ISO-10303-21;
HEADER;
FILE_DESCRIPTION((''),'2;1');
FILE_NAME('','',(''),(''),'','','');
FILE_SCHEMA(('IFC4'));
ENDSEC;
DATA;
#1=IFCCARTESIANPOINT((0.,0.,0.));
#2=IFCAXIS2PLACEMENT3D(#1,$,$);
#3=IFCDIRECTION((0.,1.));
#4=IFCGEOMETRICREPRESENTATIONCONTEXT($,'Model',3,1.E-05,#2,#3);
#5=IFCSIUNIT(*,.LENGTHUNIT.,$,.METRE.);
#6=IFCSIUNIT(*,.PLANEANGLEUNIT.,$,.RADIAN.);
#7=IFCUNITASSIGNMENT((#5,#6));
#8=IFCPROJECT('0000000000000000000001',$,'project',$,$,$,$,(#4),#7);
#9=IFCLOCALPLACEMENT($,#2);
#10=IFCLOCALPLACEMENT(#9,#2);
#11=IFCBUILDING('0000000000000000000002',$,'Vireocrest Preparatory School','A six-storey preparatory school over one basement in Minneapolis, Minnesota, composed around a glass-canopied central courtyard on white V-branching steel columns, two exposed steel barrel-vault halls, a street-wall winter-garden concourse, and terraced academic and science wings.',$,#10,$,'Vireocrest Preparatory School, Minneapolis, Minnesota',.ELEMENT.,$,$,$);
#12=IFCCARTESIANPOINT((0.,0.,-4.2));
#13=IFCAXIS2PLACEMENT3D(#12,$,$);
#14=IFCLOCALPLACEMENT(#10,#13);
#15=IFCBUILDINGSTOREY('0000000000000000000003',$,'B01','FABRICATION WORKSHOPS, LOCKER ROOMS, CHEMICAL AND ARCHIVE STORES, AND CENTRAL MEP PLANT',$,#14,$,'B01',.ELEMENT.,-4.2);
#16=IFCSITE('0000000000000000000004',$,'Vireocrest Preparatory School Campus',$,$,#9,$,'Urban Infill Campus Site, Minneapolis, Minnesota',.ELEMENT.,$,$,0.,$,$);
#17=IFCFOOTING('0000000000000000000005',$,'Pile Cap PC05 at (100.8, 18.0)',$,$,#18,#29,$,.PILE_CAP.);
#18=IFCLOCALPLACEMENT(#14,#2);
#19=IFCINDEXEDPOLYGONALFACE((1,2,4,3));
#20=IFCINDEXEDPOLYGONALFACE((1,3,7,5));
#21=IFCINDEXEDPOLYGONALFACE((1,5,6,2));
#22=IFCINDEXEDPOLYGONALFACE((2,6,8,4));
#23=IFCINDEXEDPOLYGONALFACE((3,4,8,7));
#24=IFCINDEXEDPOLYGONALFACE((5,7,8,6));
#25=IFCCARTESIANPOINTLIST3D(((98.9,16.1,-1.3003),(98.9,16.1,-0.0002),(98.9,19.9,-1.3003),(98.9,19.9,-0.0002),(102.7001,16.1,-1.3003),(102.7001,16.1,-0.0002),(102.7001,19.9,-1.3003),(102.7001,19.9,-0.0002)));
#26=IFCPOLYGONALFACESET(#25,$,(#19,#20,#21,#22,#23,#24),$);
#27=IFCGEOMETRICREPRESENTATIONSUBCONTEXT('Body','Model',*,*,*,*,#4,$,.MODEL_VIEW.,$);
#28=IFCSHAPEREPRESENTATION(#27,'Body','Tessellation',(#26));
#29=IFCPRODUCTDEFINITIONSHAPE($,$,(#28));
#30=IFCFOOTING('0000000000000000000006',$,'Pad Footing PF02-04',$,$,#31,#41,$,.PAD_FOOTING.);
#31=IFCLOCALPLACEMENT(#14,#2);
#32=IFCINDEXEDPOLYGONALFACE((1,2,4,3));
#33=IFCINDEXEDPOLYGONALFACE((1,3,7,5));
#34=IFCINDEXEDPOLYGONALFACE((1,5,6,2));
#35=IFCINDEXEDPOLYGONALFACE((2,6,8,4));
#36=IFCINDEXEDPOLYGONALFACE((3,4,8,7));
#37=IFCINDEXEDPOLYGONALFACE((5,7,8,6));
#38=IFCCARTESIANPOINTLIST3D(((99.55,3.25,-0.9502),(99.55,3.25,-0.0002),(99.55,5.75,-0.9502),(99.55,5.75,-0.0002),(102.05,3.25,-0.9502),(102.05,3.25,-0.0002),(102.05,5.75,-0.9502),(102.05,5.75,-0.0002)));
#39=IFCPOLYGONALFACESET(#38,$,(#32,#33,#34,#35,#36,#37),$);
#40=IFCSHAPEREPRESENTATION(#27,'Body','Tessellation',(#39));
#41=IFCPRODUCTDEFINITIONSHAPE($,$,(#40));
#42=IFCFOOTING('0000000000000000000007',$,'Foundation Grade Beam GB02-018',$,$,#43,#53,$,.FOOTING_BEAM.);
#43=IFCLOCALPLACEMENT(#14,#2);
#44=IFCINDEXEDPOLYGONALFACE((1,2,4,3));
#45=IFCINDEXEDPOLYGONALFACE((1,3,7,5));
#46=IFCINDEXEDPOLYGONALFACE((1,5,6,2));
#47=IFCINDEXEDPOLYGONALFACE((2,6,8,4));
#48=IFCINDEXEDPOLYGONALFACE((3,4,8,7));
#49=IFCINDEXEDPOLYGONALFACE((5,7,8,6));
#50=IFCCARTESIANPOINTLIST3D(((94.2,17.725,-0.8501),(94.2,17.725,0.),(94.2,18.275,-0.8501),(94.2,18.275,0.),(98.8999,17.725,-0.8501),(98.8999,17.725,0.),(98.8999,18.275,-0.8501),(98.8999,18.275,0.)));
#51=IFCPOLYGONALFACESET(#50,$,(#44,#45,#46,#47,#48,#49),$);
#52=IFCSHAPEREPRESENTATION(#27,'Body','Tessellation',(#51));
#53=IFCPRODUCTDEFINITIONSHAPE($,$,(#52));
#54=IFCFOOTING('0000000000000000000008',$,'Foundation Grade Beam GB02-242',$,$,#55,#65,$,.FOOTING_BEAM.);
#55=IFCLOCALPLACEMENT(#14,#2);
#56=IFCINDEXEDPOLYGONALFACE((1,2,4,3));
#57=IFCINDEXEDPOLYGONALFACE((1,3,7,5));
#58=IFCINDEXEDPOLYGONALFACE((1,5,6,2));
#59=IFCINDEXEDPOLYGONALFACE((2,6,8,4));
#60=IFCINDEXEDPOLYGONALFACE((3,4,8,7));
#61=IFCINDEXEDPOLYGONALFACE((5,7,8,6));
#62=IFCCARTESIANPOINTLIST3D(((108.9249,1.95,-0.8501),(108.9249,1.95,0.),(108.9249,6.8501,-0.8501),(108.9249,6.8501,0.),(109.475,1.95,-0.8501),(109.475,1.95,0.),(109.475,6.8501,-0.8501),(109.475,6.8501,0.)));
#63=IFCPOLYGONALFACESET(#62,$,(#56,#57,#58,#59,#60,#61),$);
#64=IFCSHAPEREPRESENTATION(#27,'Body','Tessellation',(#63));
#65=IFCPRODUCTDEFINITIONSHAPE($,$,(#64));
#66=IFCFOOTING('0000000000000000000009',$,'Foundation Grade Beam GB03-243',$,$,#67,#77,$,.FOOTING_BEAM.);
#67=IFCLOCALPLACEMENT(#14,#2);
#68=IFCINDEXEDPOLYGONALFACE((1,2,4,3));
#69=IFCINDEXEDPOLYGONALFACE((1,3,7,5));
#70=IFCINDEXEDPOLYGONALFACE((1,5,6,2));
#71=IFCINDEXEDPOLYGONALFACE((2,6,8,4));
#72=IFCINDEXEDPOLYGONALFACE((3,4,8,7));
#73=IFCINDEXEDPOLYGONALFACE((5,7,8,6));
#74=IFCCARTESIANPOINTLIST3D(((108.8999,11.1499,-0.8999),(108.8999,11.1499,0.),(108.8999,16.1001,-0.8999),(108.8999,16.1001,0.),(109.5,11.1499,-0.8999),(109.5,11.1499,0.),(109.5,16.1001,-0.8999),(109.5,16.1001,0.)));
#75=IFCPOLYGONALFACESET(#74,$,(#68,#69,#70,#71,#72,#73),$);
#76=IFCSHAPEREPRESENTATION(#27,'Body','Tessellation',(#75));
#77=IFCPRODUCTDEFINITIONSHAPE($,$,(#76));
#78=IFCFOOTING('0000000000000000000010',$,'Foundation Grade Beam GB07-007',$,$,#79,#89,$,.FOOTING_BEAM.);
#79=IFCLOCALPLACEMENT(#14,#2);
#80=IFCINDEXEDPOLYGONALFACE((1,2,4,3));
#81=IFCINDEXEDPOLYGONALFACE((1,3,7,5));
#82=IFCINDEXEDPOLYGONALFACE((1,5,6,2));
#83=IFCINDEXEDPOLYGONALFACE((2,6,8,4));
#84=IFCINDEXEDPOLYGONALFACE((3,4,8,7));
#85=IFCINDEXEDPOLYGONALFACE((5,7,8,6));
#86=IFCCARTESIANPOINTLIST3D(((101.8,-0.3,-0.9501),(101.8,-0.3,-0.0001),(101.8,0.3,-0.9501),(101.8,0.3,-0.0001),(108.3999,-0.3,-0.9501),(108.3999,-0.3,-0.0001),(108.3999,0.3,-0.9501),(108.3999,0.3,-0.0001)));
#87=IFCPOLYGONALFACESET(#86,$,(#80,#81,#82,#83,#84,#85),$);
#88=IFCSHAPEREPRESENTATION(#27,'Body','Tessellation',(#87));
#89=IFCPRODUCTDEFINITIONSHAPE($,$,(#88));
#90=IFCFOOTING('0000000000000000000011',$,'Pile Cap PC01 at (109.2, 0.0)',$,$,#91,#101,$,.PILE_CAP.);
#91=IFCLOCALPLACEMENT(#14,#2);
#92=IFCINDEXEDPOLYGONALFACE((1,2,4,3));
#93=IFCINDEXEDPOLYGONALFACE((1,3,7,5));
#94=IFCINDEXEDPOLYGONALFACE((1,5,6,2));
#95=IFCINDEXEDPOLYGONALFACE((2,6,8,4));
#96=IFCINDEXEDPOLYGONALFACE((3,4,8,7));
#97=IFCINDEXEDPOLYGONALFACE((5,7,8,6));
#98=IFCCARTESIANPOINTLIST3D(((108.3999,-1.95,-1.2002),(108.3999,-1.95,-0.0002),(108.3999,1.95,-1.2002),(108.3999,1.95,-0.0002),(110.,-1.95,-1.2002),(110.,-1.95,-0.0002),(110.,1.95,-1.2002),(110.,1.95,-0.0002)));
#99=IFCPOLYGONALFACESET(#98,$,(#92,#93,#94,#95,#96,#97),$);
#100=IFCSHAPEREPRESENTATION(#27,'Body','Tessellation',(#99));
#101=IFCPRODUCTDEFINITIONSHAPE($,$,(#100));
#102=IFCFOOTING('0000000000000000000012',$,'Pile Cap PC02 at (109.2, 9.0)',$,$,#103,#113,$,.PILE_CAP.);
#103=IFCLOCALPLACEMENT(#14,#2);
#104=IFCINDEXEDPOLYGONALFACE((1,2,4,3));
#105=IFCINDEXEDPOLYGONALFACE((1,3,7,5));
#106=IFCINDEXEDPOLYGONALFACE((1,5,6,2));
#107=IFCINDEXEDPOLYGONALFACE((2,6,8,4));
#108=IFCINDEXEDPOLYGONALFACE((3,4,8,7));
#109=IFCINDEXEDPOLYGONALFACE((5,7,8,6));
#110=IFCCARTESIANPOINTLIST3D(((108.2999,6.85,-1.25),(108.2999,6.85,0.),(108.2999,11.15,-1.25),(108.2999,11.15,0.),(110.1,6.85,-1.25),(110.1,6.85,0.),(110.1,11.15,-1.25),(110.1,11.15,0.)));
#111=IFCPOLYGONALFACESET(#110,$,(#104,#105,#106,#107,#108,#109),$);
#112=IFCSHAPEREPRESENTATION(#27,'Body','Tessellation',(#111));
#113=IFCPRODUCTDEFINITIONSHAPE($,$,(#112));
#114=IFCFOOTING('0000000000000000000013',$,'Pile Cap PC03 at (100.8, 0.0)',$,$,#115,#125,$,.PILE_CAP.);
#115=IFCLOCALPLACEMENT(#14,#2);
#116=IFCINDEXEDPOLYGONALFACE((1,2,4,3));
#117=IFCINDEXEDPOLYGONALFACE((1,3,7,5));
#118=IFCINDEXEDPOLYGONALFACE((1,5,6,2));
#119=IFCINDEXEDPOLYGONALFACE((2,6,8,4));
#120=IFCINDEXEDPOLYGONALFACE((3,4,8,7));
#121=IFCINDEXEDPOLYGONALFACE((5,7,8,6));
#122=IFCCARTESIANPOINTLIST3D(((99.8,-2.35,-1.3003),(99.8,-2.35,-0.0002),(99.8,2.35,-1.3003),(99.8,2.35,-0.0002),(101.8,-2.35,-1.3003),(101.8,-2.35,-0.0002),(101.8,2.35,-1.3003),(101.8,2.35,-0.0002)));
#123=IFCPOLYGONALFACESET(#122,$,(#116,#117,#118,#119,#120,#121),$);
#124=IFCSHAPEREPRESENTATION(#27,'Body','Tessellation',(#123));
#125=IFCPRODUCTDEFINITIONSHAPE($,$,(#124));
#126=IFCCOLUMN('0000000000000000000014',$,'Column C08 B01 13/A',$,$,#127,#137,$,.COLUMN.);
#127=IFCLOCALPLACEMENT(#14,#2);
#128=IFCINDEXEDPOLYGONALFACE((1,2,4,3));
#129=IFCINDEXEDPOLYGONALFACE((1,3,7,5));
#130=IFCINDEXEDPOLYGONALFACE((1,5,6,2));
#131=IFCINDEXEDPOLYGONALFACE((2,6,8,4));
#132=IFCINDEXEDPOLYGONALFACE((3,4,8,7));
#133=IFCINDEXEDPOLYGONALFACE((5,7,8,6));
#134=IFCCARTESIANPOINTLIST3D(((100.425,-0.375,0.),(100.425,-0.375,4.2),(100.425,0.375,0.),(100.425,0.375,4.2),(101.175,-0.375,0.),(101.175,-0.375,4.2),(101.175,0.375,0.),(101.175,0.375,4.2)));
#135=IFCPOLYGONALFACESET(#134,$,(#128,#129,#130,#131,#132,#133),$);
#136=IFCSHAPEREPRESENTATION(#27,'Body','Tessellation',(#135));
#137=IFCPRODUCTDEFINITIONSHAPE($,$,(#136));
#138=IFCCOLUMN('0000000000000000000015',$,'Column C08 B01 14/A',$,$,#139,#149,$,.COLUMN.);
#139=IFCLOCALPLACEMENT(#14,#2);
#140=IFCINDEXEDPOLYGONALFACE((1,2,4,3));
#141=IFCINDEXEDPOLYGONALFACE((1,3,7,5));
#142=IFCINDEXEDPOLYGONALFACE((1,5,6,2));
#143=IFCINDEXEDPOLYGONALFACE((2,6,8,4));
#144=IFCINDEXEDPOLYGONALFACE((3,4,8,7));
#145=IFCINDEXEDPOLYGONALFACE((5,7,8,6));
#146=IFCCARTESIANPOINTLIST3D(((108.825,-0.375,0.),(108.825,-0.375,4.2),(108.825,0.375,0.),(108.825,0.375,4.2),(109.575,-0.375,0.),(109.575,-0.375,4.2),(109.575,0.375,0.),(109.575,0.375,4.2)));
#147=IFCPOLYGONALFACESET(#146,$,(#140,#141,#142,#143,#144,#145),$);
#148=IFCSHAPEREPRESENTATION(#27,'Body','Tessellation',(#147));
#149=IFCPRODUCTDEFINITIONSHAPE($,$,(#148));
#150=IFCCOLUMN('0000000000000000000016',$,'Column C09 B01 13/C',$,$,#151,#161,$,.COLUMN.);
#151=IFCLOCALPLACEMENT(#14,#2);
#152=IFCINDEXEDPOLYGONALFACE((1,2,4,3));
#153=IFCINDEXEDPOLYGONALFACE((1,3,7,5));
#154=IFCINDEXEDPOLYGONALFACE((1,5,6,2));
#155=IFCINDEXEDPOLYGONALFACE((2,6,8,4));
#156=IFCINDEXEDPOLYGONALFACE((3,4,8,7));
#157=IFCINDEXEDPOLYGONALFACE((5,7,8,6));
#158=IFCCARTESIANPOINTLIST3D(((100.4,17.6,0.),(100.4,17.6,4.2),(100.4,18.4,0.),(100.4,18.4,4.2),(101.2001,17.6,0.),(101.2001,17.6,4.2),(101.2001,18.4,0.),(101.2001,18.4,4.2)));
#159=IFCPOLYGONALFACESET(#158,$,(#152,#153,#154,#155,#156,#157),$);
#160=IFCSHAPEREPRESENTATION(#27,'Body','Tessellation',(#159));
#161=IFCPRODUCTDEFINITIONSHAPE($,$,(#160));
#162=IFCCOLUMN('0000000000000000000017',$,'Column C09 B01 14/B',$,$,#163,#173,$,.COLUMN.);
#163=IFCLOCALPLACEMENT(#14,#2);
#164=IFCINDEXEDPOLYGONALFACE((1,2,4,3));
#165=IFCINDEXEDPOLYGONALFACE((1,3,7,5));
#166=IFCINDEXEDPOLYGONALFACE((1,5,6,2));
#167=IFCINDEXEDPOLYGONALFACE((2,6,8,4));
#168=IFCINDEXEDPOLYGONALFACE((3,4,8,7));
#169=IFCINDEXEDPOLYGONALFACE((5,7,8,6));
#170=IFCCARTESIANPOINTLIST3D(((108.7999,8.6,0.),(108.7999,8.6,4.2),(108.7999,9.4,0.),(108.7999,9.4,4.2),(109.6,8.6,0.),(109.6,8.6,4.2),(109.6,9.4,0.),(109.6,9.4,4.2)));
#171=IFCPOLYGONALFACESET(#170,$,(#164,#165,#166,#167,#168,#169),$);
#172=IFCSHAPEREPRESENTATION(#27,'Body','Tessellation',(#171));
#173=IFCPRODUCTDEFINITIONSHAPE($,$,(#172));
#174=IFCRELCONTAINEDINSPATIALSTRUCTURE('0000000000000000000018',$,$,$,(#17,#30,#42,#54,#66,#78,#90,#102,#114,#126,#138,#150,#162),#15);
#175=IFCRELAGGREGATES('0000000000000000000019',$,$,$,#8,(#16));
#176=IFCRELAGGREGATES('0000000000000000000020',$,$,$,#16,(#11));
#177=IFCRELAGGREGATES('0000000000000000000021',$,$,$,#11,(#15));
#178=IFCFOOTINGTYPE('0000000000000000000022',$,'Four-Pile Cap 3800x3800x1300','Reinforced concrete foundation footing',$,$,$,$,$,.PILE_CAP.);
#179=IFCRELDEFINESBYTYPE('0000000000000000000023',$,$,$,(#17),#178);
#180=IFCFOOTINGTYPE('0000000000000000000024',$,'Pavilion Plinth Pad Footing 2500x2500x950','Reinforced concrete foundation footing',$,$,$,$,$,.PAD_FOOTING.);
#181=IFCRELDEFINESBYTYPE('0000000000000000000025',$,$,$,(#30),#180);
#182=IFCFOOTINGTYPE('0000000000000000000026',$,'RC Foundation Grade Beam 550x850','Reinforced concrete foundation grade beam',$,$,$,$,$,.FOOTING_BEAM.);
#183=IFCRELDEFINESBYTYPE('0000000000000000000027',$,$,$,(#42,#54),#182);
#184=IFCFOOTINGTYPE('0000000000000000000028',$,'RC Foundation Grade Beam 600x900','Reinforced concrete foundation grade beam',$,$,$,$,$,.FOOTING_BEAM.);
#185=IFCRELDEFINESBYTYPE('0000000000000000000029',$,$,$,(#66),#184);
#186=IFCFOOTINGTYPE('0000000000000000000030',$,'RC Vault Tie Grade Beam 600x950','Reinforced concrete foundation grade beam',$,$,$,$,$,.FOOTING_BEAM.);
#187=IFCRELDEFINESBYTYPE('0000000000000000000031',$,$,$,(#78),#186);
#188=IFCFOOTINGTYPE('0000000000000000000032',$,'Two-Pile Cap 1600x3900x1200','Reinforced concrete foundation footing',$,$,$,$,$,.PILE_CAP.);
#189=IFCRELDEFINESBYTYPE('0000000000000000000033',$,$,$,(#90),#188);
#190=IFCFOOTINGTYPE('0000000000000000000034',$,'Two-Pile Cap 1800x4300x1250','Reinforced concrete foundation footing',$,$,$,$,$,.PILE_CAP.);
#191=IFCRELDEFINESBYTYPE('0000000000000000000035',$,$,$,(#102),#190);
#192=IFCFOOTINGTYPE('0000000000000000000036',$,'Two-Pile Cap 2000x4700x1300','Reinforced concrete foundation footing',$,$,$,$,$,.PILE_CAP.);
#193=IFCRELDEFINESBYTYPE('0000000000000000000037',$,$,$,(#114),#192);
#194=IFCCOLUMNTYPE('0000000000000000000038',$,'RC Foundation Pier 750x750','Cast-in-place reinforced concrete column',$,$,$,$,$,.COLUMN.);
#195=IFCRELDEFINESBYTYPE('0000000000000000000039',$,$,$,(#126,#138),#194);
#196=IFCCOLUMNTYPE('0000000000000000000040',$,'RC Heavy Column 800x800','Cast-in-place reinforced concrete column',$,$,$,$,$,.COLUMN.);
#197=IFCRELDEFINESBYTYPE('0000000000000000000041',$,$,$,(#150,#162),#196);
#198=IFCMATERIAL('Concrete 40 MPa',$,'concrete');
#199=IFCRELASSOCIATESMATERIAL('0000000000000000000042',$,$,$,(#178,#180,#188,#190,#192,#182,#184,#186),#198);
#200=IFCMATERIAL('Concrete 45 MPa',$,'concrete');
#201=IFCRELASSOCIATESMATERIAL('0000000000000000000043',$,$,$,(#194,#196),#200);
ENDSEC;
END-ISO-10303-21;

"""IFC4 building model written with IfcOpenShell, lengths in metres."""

from ifc_helpers import new_model, si_unit, direction, frame, origin, origin_2d, place, context, subcontext, project, spatial, rectangle, extrude, material, material_profile, profile_set, type_object, element, save


model = new_model("IFC4")

# Units and contexts
model_context = context("Model", 3, precision=1e-05, world=origin(), true_north=direction((0.0, 1.0)))
body_context = subcontext(model_context, "Body", "Model", "MODEL_VIEW")
ifc_project = project(units=[si_unit("LENGTHUNIT", "METRE"), si_unit("PLANEANGLEUNIT", "RADIAN")], contexts=[model_context])

# Site, building, storey
site_placement = place(None, origin())
site = spatial("IfcSite", under=ifc_project, at=site_placement, Name="Vireocrest Preparatory School Campus", LongName="Urban Infill Campus Site, Minneapolis, Minnesota", CompositionType="ELEMENT", RefElevation=0.0)
building_placement = place(site_placement, origin())
building = spatial("IfcBuilding", under=site, at=building_placement, Name="Vireocrest Preparatory School", Description="A six-storey preparatory school over one basement in Minneapolis, Minnesota, composed around a glass-canopied central courtyard on white V-branching steel columns, two exposed steel barrel-vault halls, a street-wall winter-garden concourse, and terraced academic and science wings.", LongName="Vireocrest Preparatory School, Minneapolis, Minnesota", CompositionType="ELEMENT")
storey_placement = place(building_placement, frame((0.0, 0.0, -4.2)))
storey = spatial("IfcBuildingStorey", under=building, at=storey_placement, Name="B01", Description="FABRICATION WORKSHOPS, LOCKER ROOMS, CHEMICAL AND ARCHIVE STORES, AND CENTRAL MEP PLANT", LongName="B01", CompositionType="ELEMENT", Elevation=-4.2)

# Shared definitions
ifc_material_1 = material(Name="Concrete 40 MPa", Category="concrete")

# Footings
footing_type_1 = type_object("IfcFootingType", Name="Four-Pile Cap 3800x3800x1300", Description="Reinforced concrete foundation footing", PredefinedType="PILE_CAP", material=ifc_material_1)
footing_1_placement = place(storey_placement, frame((100.8, 18.0, -1.3003), z_axis=(0.0, 0.0, 1.0), x_axis=(1.0, 0.0, 0.0)))
element("IfcFooting", 1, at=footing_1_placement, inside=storey, type_object=footing_type_1, Name="Pile Cap PC05 at (100.8, 18.0)", PredefinedType="PILE_CAP", context=body_context, shape_type="SweptSolid", body=[
    extrude(rectangle(XDim=3.8, YDim=3.8, at=origin_2d()), origin(), (0.0, 0.0, 1.0), 1.3),
])
footing_type_2 = type_object("IfcFootingType", Name="Pavilion Plinth Pad Footing 2500x2500x950", Description="Reinforced concrete foundation footing", PredefinedType="PAD_FOOTING", material=ifc_material_1)
footing_2_placement = place(storey_placement, frame((100.8, 4.5, -0.9502), z_axis=(0.0, 0.0, 1.0), x_axis=(1.0, 0.0, 0.0)))
element("IfcFooting", 2, at=footing_2_placement, inside=storey, type_object=footing_type_2, Name="Pad Footing PF02-04", PredefinedType="PAD_FOOTING", context=body_context, shape_type="SweptSolid", body=[
    extrude(rectangle(XDim=2.5, YDim=2.5, at=origin_2d()), origin(), (0.0, 0.0, 1.0), 0.95),
])
ifc_material_profile_1 = material_profile(ifc_material_1, rectangle(XDim=0.55, YDim=0.8501, at=origin_2d()), Name="GB 550x850")
ifc_profile_set_1 = profile_set([ifc_material_profile_1], Name="Concrete 40 MPa")
footing_type_3 = type_object("IfcFootingType", Name="RC Foundation Grade Beam 550x850", Description="Reinforced concrete foundation grade beam", PredefinedType="FOOTING_BEAM", material=ifc_profile_set_1)
footing_3_placement = place(storey_placement, frame((94.2, 18.0, -0.425), z_axis=(1.0, 0.0, 0.0), x_axis=(0.0, 1.0, 0.0)))
element("IfcFooting", 3, at=footing_3_placement, inside=storey, type_object=footing_type_3, Name="Foundation Grade Beam GB02-018", PredefinedType="FOOTING_BEAM", context=body_context, shape_type="SweptSolid", body=[
    extrude(rectangle(XDim=0.55, YDim=0.8501, at=origin_2d()), origin(), (0.0, 0.0, 1.0), 4.7),
])
footing_4_placement = place(storey_placement, frame((109.2, 1.95, -0.425), z_axis=(0.0, 1.0, 0.0), x_axis=(-1.0, 0.0, 0.0)))
element("IfcFooting", 4, at=footing_4_placement, inside=storey, type_object=footing_type_3, Name="Foundation Grade Beam GB02-242", PredefinedType="FOOTING_BEAM", context=body_context, shape_type="SweptSolid", body=[
    extrude(rectangle(XDim=0.55, YDim=0.8501, at=origin_2d()), origin(), (0.0, 0.0, 1.0), 4.9001),
])
ifc_material_profile_2 = material_profile(ifc_material_1, rectangle(XDim=0.6001, YDim=0.8999, at=origin_2d()), Name="GB 600x900")
ifc_profile_set_2 = profile_set([ifc_material_profile_2], Name="Concrete 40 MPa")
footing_type_4 = type_object("IfcFootingType", Name="RC Foundation Grade Beam 600x900", Description="Reinforced concrete foundation grade beam", PredefinedType="FOOTING_BEAM", material=ifc_profile_set_2)
footing_5_placement = place(storey_placement, frame((109.2, 11.1499, -0.45), z_axis=(0.0, 1.0, 0.0), x_axis=(-1.0, 0.0, 0.0)))
element("IfcFooting", 5, at=footing_5_placement, inside=storey, type_object=footing_type_4, Name="Foundation Grade Beam GB03-243", PredefinedType="FOOTING_BEAM", context=body_context, shape_type="SweptSolid", body=[
    extrude(rectangle(XDim=0.6001, YDim=0.8999, at=origin_2d()), origin(), (0.0, 0.0, 1.0), 4.9502),
])
ifc_material_profile_3 = material_profile(ifc_material_1, rectangle(XDim=0.6001, YDim=0.95, at=origin_2d()), Name="GB 600x950")
ifc_profile_set_3 = profile_set([ifc_material_profile_3], Name="Concrete 40 MPa")
footing_type_5 = type_object("IfcFootingType", Name="RC Vault Tie Grade Beam 600x950", Description="Reinforced concrete foundation grade beam", PredefinedType="FOOTING_BEAM", material=ifc_profile_set_3)
footing_6_placement = place(storey_placement, frame((101.8, 0.0, -0.4751), z_axis=(1.0, 0.0, 0.0), x_axis=(0.0, 1.0, 0.0)))
element("IfcFooting", 6, at=footing_6_placement, inside=storey, type_object=footing_type_5, Name="Foundation Grade Beam GB07-007", PredefinedType="FOOTING_BEAM", context=body_context, shape_type="SweptSolid", body=[
    extrude(rectangle(XDim=0.6001, YDim=0.95, at=origin_2d()), origin(), (0.0, 0.0, 1.0), 6.5999),
])
footing_type_6 = type_object("IfcFootingType", Name="Two-Pile Cap 1600x3900x1200", Description="Reinforced concrete foundation footing", PredefinedType="PILE_CAP", material=ifc_material_1)
footing_7_placement = place(storey_placement, frame((109.2, 0.0, -1.2002), z_axis=(0.0, 0.0, 1.0), x_axis=(1.0, 0.0, 0.0)))
element("IfcFooting", 7, at=footing_7_placement, inside=storey, type_object=footing_type_6, Name="Pile Cap PC01 at (109.2, 0.0)", PredefinedType="PILE_CAP", context=body_context, shape_type="SweptSolid", body=[
    extrude(rectangle(XDim=1.6001, YDim=3.8999, at=origin_2d()), origin(), (0.0, 0.0, 1.0), 1.2),
])
footing_type_7 = type_object("IfcFootingType", Name="Two-Pile Cap 1800x4300x1250", Description="Reinforced concrete foundation footing", PredefinedType="PILE_CAP", material=ifc_material_1)
footing_8_placement = place(storey_placement, frame((109.2, 9.0, -1.25), z_axis=(0.0, 0.0, 1.0), x_axis=(1.0, 0.0, 0.0)))
element("IfcFooting", 8, at=footing_8_placement, inside=storey, type_object=footing_type_7, Name="Pile Cap PC02 at (109.2, 9.0)", PredefinedType="PILE_CAP", context=body_context, shape_type="SweptSolid", body=[
    extrude(rectangle(XDim=1.8, YDim=4.3, at=origin_2d()), origin(), (0.0, 0.0, 1.0), 1.25),
])
footing_type_8 = type_object("IfcFootingType", Name="Two-Pile Cap 2000x4700x1300", Description="Reinforced concrete foundation footing", PredefinedType="PILE_CAP", material=ifc_material_1)
footing_9_placement = place(storey_placement, frame((100.8, 0.0, -1.3003), z_axis=(0.0, 0.0, 1.0), x_axis=(1.0, 0.0, 0.0)))
element("IfcFooting", 9, at=footing_9_placement, inside=storey, type_object=footing_type_8, Name="Pile Cap PC03 at (100.8, 0.0)", PredefinedType="PILE_CAP", context=body_context, shape_type="SweptSolid", body=[
    extrude(rectangle(XDim=2.0, YDim=4.7, at=origin_2d()), origin(), (0.0, 0.0, 1.0), 1.3),
])

# Columns
ifc_material_2 = material(Name="Concrete 45 MPa", Category="concrete")
ifc_material_profile_4 = material_profile(ifc_material_2, rectangle(XDim=0.75, YDim=0.75, at=origin_2d()), Name="RC 750x750")
ifc_profile_set_4 = profile_set([ifc_material_profile_4], Name="Concrete 45 MPa")
column_type_1 = type_object("IfcColumnType", Name="RC Foundation Pier 750x750", Description="Cast-in-place reinforced concrete column", PredefinedType="COLUMN", material=ifc_profile_set_4)
for number, where, z_axis, x_axis, name in (
    (10, (100.8, 0.0, 0.0), (0.0, 0.0, 1.0), (1.0, 0.0, 0.0), "Column C08 B01 13/A"),
    (11, (109.2, 0.0, 0.0), (0.0, 0.0, 1.0), (1.0, 0.0, 0.0), "Column C08 B01 14/A"),
):
    element("IfcColumn", number, at=place(storey_placement, frame(where, z_axis=z_axis, x_axis=x_axis)), inside=storey, type_object=column_type_1, Name=name, PredefinedType="COLUMN", context=body_context, shape_type="SweptSolid", body=[
        extrude(rectangle(XDim=0.75, YDim=0.75, at=origin_2d()), origin(), (0.0, 0.0, 1.0), 4.2),
    ])
ifc_material_profile_5 = material_profile(ifc_material_2, rectangle(XDim=0.8, YDim=0.8, at=origin_2d()), Name="RC 800x800")
ifc_profile_set_5 = profile_set([ifc_material_profile_5], Name="Concrete 45 MPa")
column_type_2 = type_object("IfcColumnType", Name="RC Heavy Column 800x800", Description="Cast-in-place reinforced concrete column", PredefinedType="COLUMN", material=ifc_profile_set_5)
for number, where, z_axis, x_axis, name in (
    (12, (100.8, 18.0, 0.0), (0.0, 0.0, 1.0), (1.0, 0.0, 0.0), "Column C09 B01 13/C"),
    (13, (109.2, 9.0, 0.0), (0.0, 0.0, 1.0), (1.0, 0.0, 0.0), "Column C09 B01 14/B"),
):
    element("IfcColumn", number, at=place(storey_placement, frame(where, z_axis=z_axis, x_axis=x_axis)), inside=storey, type_object=column_type_2, Name=name, PredefinedType="COLUMN", context=body_context, shape_type="SweptSolid", body=[
        extrude(rectangle(XDim=0.8, YDim=0.8, at=origin_2d()), origin(), (0.0, 0.0, 1.0), 4.2),
    ])

save(model, "model.ifc")
